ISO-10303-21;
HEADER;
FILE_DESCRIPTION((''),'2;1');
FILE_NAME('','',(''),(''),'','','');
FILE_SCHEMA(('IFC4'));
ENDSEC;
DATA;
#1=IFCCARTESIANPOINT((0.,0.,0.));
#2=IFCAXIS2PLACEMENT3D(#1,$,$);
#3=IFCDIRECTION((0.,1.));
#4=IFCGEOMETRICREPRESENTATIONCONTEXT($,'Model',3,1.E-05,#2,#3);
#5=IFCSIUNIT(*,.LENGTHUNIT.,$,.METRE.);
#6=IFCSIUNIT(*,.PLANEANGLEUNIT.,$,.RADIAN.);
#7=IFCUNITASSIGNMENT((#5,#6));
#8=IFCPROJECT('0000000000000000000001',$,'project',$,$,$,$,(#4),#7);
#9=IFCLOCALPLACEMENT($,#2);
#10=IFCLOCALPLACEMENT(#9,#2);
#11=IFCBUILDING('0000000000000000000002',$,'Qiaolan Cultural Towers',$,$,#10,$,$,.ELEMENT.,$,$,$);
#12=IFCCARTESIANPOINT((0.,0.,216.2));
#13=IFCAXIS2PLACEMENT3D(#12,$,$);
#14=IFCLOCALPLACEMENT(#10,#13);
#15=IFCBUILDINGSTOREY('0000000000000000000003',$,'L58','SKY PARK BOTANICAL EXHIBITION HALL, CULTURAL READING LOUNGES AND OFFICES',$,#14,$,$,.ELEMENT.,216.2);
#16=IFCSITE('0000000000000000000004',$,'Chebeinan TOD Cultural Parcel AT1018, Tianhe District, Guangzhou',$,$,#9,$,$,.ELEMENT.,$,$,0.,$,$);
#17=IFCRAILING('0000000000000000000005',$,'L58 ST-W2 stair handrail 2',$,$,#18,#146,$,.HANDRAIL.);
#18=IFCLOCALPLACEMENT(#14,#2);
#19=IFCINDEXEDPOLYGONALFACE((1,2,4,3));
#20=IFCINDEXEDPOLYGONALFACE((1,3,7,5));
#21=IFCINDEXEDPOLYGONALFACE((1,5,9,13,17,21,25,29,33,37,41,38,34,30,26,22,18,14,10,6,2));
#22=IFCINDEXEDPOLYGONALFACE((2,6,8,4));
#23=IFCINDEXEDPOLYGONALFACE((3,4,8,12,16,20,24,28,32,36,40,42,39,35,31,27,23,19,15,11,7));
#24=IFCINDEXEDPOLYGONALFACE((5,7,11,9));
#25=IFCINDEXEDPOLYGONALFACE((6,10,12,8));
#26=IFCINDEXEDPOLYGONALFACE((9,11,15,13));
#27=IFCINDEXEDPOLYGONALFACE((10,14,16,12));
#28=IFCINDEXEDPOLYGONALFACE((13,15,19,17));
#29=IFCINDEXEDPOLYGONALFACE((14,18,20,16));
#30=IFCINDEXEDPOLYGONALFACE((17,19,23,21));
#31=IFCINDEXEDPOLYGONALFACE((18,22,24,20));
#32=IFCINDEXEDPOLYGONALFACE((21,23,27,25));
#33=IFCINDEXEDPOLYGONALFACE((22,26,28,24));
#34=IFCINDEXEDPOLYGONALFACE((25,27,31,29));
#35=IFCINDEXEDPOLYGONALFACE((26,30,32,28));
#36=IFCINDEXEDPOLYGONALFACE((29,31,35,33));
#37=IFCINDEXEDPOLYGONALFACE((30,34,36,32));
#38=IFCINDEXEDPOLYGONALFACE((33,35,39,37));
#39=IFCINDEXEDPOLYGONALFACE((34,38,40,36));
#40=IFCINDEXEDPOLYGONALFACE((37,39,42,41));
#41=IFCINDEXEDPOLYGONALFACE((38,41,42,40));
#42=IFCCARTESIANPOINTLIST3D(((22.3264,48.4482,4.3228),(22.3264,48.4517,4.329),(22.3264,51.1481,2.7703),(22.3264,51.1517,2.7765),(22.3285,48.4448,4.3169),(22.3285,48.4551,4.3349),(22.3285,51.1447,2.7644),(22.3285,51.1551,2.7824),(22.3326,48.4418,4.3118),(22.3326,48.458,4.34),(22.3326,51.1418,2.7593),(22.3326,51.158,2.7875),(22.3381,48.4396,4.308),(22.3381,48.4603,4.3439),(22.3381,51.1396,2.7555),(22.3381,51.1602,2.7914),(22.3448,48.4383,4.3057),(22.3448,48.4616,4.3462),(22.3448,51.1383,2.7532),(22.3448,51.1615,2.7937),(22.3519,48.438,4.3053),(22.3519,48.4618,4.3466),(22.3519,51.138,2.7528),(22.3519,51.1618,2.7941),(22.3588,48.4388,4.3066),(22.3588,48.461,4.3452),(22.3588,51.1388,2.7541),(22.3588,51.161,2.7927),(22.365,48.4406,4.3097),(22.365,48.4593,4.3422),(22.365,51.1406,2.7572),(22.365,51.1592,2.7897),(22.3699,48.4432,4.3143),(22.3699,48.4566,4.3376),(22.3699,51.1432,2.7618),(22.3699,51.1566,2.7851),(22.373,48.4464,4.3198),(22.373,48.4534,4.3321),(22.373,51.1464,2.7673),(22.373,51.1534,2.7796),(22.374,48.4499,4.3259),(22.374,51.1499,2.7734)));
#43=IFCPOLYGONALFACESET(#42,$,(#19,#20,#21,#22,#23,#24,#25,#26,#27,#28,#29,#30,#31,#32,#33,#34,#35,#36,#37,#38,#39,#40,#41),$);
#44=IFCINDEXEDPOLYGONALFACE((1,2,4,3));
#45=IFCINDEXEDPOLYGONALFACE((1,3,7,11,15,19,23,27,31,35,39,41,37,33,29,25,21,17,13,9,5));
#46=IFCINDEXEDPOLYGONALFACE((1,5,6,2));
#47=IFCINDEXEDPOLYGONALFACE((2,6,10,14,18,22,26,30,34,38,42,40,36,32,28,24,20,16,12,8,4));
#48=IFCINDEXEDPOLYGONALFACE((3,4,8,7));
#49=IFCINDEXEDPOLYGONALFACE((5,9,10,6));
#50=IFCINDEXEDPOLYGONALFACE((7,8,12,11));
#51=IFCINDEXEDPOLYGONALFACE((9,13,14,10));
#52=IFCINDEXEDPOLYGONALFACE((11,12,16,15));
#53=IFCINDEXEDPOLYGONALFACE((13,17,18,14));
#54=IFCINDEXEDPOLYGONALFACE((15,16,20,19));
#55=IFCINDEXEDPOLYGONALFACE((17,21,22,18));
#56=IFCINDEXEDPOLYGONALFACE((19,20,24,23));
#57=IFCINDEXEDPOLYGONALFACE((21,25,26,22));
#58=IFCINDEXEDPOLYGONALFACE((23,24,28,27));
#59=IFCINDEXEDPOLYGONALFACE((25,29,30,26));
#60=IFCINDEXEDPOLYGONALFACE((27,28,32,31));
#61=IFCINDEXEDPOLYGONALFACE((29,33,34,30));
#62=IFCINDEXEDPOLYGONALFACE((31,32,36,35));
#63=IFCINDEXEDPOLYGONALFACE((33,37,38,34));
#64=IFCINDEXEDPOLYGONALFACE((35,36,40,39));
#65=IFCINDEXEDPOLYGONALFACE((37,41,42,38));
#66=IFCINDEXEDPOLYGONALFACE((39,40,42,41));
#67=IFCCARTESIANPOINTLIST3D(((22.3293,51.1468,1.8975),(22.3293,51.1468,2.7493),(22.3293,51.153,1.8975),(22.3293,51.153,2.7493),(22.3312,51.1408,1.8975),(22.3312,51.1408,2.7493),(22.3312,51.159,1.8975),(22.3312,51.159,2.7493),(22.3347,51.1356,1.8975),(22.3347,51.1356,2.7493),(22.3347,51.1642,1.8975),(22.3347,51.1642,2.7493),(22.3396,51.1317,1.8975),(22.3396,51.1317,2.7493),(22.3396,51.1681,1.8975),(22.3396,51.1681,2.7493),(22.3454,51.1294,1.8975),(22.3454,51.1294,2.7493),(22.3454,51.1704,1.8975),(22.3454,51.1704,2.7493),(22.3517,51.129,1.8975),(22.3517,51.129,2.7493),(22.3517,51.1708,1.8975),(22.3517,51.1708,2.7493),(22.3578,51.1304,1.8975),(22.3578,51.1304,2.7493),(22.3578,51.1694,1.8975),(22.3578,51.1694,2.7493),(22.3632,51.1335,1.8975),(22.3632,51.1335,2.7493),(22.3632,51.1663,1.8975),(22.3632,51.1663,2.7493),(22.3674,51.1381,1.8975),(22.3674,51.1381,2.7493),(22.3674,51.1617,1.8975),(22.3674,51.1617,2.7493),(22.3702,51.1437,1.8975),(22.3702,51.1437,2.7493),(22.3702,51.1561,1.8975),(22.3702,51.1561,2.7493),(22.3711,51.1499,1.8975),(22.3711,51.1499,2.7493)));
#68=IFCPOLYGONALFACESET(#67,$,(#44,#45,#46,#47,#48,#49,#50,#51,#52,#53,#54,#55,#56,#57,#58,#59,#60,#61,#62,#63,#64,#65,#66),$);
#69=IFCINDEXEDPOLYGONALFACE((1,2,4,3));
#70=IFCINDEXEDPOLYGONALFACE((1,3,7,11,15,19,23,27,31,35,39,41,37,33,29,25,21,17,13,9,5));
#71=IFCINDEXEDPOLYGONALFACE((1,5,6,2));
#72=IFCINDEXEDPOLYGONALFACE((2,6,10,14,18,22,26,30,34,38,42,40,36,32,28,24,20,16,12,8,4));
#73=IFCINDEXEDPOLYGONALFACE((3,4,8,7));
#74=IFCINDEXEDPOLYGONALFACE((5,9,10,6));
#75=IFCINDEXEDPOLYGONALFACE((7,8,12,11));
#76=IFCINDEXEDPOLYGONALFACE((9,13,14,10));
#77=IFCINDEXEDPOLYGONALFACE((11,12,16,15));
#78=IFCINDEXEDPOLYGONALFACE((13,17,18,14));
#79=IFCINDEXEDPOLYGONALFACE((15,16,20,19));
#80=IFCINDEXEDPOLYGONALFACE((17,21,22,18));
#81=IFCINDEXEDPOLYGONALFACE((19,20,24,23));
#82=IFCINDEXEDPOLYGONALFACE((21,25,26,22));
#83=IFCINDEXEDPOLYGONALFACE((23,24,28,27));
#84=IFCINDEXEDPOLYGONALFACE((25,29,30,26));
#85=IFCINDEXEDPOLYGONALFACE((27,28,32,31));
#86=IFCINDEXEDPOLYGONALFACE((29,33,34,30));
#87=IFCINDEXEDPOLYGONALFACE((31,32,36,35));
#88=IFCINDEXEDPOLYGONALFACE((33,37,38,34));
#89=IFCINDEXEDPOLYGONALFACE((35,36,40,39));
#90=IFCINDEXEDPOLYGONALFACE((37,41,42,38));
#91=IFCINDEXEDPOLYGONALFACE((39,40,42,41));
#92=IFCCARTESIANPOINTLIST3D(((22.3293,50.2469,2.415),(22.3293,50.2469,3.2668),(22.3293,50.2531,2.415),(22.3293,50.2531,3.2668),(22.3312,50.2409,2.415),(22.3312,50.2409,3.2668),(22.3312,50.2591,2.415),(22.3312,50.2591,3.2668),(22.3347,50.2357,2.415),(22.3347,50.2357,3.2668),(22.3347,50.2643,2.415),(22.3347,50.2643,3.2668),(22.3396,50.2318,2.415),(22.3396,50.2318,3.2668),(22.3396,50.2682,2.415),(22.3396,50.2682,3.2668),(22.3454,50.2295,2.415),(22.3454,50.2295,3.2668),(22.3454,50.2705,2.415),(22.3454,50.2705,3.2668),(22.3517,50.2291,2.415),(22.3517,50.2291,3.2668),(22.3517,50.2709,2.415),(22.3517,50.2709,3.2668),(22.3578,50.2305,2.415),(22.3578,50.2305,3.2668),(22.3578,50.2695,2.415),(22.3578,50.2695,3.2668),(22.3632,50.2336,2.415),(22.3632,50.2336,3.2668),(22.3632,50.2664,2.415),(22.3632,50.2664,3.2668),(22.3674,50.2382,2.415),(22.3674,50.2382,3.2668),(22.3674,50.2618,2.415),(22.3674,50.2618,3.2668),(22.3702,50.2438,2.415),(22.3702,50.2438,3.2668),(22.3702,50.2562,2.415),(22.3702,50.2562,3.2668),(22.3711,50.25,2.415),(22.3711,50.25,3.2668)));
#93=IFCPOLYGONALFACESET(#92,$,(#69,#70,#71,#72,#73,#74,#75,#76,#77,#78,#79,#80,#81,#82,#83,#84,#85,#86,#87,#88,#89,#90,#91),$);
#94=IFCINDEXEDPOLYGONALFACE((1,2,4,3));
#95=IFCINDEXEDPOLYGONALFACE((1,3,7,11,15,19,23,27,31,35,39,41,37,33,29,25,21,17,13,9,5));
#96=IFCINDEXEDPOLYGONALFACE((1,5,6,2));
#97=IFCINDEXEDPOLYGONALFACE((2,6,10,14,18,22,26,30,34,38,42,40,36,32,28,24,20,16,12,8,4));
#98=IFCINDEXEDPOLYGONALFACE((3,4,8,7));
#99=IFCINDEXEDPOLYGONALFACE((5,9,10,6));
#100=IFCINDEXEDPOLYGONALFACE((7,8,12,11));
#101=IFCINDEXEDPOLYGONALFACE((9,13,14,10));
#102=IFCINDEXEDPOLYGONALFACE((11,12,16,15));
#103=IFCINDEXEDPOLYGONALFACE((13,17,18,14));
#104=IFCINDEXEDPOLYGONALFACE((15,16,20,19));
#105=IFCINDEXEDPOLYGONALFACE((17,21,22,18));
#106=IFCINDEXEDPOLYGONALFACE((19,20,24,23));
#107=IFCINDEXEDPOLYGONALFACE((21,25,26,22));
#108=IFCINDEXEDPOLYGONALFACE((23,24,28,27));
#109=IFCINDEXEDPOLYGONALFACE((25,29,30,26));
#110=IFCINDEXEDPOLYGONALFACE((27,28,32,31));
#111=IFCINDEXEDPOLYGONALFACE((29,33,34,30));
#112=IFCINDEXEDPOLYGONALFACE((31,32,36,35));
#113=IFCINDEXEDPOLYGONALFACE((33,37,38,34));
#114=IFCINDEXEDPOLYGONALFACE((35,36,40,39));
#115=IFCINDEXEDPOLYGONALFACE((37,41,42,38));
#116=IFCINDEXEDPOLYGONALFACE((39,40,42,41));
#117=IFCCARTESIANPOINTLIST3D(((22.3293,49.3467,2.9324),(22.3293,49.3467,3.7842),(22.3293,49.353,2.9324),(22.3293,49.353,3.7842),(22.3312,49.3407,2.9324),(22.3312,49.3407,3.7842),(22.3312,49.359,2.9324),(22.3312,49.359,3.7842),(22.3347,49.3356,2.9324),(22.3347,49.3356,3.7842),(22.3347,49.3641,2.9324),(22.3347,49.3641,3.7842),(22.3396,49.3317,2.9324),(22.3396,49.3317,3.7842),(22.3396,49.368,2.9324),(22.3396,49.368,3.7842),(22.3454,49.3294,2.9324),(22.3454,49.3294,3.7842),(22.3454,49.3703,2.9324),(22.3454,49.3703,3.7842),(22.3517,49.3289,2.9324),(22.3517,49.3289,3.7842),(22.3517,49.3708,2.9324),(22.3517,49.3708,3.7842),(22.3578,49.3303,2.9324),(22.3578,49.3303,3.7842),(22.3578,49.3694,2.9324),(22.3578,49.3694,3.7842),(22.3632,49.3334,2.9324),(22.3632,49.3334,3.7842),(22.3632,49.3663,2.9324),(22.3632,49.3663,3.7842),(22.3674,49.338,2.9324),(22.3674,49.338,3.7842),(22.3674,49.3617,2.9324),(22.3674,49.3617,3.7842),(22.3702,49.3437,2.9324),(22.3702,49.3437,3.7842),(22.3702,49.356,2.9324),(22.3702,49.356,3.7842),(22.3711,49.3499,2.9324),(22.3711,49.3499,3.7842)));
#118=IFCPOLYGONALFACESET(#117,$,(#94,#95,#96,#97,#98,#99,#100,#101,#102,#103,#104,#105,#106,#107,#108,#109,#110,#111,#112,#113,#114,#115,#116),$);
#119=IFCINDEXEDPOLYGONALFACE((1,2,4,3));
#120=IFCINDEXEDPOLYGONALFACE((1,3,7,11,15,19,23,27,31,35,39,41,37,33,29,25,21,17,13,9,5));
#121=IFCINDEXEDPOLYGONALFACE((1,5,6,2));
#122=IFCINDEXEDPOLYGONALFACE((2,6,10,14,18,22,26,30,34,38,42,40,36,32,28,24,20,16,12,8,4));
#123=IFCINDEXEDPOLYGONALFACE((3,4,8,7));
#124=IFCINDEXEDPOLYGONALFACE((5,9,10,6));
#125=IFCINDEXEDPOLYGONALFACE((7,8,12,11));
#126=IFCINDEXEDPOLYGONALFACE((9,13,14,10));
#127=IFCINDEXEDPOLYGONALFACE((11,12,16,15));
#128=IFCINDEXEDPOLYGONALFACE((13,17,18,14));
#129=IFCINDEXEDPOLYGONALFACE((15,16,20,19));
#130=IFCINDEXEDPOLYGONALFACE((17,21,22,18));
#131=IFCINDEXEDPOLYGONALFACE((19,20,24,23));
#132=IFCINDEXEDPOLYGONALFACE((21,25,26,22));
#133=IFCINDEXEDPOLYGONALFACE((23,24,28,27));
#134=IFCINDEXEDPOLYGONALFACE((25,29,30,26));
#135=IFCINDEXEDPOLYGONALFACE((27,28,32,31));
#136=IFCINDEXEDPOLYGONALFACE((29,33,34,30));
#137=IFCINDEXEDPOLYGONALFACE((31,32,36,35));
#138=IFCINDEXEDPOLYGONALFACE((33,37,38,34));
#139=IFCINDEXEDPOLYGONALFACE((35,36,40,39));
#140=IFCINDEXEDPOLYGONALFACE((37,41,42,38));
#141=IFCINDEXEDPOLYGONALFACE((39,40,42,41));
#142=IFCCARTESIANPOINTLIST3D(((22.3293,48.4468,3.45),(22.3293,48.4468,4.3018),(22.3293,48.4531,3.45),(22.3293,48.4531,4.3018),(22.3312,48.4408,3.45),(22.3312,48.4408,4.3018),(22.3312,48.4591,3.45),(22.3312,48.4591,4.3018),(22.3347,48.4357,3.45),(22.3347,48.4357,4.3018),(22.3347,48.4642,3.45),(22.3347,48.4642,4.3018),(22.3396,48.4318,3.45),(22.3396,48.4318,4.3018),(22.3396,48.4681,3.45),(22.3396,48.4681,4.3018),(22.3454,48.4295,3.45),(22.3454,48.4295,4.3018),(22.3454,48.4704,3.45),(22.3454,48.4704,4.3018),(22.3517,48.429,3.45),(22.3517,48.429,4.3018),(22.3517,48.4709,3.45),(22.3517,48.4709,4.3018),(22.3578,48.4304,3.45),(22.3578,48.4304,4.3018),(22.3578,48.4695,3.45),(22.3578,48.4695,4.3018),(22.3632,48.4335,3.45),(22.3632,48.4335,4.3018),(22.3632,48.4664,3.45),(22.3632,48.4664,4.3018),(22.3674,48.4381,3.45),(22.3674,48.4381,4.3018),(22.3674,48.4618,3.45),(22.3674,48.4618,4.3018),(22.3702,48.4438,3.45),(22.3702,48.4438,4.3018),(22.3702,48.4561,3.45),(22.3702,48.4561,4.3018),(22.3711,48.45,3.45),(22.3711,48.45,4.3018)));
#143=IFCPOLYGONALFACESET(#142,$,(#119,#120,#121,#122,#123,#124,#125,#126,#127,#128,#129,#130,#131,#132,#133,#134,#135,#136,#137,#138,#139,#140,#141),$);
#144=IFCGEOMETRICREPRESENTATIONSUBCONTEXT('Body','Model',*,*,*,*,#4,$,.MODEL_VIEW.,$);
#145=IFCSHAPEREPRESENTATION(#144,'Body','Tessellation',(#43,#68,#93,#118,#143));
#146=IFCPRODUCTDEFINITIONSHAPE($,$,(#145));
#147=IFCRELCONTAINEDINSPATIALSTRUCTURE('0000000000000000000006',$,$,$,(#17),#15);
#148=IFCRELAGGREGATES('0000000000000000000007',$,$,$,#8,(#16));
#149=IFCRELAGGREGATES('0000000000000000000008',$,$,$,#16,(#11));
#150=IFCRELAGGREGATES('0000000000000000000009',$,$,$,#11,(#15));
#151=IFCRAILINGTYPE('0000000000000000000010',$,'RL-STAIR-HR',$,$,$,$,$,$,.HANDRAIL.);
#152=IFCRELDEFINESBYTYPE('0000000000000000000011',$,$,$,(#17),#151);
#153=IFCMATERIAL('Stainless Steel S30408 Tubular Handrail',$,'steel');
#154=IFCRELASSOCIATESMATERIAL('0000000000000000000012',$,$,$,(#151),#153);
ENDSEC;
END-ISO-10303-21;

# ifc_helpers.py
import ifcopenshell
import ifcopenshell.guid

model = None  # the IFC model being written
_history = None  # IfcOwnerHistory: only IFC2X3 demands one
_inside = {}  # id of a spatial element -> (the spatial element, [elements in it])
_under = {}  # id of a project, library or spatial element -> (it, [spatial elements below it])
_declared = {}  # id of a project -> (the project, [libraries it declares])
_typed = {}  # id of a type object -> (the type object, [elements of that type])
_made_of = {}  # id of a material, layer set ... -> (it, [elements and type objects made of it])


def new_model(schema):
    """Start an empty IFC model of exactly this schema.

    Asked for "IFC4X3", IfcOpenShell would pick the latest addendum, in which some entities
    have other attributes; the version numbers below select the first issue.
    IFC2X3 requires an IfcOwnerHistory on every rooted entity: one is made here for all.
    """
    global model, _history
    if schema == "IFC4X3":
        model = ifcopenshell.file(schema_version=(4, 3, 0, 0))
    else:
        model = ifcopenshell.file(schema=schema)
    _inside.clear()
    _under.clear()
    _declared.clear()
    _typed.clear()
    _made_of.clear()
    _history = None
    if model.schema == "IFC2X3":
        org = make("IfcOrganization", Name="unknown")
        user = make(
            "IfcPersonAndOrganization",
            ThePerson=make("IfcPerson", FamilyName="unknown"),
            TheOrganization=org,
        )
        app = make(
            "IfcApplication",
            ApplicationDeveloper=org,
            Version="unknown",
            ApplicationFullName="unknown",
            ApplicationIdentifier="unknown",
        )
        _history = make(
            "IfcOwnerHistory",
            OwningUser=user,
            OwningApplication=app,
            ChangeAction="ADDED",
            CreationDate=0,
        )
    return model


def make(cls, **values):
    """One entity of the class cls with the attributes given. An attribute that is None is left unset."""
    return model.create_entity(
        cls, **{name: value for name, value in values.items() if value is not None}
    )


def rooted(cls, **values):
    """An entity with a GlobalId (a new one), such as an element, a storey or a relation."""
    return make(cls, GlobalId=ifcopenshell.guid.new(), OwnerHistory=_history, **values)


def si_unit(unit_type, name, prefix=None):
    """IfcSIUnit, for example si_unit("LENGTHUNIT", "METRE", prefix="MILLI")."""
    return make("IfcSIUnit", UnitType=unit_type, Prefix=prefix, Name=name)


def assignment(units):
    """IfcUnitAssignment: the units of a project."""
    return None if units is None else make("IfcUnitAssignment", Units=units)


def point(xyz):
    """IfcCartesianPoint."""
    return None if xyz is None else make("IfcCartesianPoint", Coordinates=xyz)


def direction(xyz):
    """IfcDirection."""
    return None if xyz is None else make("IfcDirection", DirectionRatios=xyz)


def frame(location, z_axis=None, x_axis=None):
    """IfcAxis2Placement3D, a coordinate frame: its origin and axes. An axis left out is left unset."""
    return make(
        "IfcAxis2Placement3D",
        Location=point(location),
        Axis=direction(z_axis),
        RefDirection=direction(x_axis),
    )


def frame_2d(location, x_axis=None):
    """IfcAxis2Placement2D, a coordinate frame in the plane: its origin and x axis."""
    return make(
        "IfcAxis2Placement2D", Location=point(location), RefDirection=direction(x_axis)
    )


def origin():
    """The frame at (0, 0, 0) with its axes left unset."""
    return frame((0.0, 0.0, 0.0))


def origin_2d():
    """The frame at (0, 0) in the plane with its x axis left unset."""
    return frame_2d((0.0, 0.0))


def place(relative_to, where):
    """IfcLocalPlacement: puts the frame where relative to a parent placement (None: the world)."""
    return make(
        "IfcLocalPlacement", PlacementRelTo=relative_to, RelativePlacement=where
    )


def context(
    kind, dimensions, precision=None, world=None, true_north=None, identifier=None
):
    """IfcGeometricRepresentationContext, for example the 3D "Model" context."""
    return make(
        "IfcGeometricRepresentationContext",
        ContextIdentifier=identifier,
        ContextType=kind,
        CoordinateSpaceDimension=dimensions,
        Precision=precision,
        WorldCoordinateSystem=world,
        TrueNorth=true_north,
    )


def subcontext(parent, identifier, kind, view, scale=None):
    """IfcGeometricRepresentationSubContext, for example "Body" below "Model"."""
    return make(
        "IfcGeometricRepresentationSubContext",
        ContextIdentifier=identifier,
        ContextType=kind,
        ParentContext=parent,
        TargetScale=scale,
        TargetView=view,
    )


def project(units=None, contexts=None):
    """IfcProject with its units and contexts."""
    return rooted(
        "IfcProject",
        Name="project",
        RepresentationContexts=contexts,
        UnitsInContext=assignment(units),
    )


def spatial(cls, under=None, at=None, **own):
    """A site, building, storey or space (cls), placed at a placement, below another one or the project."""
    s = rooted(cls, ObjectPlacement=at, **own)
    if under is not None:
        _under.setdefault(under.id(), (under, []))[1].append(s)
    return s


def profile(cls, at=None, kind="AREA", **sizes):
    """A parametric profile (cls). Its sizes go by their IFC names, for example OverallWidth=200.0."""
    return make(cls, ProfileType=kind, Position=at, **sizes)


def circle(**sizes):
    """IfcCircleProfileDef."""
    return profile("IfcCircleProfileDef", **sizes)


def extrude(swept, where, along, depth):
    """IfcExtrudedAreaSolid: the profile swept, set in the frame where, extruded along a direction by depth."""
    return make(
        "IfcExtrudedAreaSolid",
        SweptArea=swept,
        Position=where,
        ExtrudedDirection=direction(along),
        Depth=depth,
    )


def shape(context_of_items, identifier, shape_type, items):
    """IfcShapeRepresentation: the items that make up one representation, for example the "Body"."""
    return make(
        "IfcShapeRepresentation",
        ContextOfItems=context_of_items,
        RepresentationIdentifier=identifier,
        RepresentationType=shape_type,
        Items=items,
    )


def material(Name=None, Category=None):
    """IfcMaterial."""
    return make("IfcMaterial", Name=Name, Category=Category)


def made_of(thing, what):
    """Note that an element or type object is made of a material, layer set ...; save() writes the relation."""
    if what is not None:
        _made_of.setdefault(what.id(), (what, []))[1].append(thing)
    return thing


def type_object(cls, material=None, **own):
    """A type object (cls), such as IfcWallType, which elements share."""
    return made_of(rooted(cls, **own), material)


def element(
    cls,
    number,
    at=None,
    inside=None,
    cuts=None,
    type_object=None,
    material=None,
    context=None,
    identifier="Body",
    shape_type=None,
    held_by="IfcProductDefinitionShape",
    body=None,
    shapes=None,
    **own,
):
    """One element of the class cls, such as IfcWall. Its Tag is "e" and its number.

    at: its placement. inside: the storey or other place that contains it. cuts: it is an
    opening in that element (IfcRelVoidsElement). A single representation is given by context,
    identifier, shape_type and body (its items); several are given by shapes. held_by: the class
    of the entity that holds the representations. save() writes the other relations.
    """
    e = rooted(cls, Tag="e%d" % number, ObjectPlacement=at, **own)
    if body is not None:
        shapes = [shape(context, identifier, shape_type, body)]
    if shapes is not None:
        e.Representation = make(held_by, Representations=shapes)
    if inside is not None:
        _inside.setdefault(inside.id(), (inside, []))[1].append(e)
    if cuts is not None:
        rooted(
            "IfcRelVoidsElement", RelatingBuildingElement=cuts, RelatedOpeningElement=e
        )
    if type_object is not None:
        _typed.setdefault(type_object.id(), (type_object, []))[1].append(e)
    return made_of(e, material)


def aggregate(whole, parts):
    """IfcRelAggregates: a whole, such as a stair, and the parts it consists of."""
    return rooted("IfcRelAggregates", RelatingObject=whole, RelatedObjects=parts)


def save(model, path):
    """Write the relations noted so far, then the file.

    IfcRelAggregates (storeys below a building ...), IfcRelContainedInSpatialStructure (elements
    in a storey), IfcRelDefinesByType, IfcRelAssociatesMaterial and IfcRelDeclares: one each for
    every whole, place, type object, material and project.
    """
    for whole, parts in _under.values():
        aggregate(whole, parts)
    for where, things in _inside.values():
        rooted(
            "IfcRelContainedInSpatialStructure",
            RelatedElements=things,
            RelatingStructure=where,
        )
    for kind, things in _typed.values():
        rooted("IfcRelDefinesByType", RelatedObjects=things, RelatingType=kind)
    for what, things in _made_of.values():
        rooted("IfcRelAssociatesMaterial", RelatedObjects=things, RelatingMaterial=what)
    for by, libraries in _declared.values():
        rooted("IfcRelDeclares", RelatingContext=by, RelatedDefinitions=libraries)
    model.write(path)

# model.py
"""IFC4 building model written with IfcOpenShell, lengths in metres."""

from ifc_helpers import new_model, si_unit, direction, frame, origin, origin_2d, place, context, subcontext, project, spatial, circle, extrude, material, type_object, element, save


model = new_model("IFC4")

# Units and contexts
model_context = context("Model", 3, precision=1e-05, world=origin(), true_north=direction((0.0, 1.0)))
body_context = subcontext(model_context, "Body", "Model", "MODEL_VIEW")
ifc_project = project(units=[si_unit("LENGTHUNIT", "METRE"), si_unit("PLANEANGLEUNIT", "RADIAN")], contexts=[model_context])

# Site, building, storey
site_placement = place(None, origin())
site = spatial("IfcSite", under=ifc_project, at=site_placement, Name="Chebeinan TOD Cultural Parcel AT1018, Tianhe District, Guangzhou", CompositionType="ELEMENT", RefElevation=0.0)
building_placement = place(site_placement, origin())
building = spatial("IfcBuilding", under=site, at=building_placement, Name="Qiaolan Cultural Towers", CompositionType="ELEMENT")
storey_placement = place(building_placement, frame((0.0, 0.0, 216.2)))
storey = spatial("IfcBuildingStorey", under=building, at=storey_placement, Name="L58", Description="SKY PARK BOTANICAL EXHIBITION HALL, CULTURAL READING LOUNGES AND OFFICES", CompositionType="ELEMENT", Elevation=216.2)

# Railing
ifc_material_1 = material(Name="Stainless Steel S30408 Tubular Handrail", Category="steel")
railing_type_1 = type_object("IfcRailingType", Name="RL-STAIR-HR", PredefinedType="HANDRAIL", material=ifc_material_1)
railing_1_placement = place(storey_placement, frame((22.3501, 51.1499, 1.8975)))
element("IfcRailing", 1, at=railing_1_placement, inside=storey, type_object=railing_type_1, Name="L58 ST-W2 stair handrail 2", PredefinedType="HANDRAIL", context=body_context, shape_type="SweptSolid", body=[
    extrude(circle(Radius=0.0239, at=origin_2d()), frame((0.0, 0.0, 0.876), z_axis=(0.0, -0.866904, 0.498476), x_axis=(1.0, 0.0, 0.0)), (0.0, 0.0, 1.0), 3.1145),
    extrude(circle(Radius=0.021, at=origin_2d()), origin(), (0.0, 0.0, 1.0), 0.8518),
    extrude(circle(Radius=0.021, at=origin_2d()), frame((0.0, -0.8999, 0.5176)), (0.0, 0.0, 1.0), 0.8518),
    extrude(circle(Radius=0.021, at=origin_2d()), frame((0.0, -1.8, 1.0349)), (0.0, 0.0, 1.0), 0.8518),
    extrude(circle(Radius=0.021, at=origin_2d()), frame((0.0, -2.7, 1.5525)), (0.0, 0.0, 1.0), 0.8518),
])

save(model, "model.ifc")
